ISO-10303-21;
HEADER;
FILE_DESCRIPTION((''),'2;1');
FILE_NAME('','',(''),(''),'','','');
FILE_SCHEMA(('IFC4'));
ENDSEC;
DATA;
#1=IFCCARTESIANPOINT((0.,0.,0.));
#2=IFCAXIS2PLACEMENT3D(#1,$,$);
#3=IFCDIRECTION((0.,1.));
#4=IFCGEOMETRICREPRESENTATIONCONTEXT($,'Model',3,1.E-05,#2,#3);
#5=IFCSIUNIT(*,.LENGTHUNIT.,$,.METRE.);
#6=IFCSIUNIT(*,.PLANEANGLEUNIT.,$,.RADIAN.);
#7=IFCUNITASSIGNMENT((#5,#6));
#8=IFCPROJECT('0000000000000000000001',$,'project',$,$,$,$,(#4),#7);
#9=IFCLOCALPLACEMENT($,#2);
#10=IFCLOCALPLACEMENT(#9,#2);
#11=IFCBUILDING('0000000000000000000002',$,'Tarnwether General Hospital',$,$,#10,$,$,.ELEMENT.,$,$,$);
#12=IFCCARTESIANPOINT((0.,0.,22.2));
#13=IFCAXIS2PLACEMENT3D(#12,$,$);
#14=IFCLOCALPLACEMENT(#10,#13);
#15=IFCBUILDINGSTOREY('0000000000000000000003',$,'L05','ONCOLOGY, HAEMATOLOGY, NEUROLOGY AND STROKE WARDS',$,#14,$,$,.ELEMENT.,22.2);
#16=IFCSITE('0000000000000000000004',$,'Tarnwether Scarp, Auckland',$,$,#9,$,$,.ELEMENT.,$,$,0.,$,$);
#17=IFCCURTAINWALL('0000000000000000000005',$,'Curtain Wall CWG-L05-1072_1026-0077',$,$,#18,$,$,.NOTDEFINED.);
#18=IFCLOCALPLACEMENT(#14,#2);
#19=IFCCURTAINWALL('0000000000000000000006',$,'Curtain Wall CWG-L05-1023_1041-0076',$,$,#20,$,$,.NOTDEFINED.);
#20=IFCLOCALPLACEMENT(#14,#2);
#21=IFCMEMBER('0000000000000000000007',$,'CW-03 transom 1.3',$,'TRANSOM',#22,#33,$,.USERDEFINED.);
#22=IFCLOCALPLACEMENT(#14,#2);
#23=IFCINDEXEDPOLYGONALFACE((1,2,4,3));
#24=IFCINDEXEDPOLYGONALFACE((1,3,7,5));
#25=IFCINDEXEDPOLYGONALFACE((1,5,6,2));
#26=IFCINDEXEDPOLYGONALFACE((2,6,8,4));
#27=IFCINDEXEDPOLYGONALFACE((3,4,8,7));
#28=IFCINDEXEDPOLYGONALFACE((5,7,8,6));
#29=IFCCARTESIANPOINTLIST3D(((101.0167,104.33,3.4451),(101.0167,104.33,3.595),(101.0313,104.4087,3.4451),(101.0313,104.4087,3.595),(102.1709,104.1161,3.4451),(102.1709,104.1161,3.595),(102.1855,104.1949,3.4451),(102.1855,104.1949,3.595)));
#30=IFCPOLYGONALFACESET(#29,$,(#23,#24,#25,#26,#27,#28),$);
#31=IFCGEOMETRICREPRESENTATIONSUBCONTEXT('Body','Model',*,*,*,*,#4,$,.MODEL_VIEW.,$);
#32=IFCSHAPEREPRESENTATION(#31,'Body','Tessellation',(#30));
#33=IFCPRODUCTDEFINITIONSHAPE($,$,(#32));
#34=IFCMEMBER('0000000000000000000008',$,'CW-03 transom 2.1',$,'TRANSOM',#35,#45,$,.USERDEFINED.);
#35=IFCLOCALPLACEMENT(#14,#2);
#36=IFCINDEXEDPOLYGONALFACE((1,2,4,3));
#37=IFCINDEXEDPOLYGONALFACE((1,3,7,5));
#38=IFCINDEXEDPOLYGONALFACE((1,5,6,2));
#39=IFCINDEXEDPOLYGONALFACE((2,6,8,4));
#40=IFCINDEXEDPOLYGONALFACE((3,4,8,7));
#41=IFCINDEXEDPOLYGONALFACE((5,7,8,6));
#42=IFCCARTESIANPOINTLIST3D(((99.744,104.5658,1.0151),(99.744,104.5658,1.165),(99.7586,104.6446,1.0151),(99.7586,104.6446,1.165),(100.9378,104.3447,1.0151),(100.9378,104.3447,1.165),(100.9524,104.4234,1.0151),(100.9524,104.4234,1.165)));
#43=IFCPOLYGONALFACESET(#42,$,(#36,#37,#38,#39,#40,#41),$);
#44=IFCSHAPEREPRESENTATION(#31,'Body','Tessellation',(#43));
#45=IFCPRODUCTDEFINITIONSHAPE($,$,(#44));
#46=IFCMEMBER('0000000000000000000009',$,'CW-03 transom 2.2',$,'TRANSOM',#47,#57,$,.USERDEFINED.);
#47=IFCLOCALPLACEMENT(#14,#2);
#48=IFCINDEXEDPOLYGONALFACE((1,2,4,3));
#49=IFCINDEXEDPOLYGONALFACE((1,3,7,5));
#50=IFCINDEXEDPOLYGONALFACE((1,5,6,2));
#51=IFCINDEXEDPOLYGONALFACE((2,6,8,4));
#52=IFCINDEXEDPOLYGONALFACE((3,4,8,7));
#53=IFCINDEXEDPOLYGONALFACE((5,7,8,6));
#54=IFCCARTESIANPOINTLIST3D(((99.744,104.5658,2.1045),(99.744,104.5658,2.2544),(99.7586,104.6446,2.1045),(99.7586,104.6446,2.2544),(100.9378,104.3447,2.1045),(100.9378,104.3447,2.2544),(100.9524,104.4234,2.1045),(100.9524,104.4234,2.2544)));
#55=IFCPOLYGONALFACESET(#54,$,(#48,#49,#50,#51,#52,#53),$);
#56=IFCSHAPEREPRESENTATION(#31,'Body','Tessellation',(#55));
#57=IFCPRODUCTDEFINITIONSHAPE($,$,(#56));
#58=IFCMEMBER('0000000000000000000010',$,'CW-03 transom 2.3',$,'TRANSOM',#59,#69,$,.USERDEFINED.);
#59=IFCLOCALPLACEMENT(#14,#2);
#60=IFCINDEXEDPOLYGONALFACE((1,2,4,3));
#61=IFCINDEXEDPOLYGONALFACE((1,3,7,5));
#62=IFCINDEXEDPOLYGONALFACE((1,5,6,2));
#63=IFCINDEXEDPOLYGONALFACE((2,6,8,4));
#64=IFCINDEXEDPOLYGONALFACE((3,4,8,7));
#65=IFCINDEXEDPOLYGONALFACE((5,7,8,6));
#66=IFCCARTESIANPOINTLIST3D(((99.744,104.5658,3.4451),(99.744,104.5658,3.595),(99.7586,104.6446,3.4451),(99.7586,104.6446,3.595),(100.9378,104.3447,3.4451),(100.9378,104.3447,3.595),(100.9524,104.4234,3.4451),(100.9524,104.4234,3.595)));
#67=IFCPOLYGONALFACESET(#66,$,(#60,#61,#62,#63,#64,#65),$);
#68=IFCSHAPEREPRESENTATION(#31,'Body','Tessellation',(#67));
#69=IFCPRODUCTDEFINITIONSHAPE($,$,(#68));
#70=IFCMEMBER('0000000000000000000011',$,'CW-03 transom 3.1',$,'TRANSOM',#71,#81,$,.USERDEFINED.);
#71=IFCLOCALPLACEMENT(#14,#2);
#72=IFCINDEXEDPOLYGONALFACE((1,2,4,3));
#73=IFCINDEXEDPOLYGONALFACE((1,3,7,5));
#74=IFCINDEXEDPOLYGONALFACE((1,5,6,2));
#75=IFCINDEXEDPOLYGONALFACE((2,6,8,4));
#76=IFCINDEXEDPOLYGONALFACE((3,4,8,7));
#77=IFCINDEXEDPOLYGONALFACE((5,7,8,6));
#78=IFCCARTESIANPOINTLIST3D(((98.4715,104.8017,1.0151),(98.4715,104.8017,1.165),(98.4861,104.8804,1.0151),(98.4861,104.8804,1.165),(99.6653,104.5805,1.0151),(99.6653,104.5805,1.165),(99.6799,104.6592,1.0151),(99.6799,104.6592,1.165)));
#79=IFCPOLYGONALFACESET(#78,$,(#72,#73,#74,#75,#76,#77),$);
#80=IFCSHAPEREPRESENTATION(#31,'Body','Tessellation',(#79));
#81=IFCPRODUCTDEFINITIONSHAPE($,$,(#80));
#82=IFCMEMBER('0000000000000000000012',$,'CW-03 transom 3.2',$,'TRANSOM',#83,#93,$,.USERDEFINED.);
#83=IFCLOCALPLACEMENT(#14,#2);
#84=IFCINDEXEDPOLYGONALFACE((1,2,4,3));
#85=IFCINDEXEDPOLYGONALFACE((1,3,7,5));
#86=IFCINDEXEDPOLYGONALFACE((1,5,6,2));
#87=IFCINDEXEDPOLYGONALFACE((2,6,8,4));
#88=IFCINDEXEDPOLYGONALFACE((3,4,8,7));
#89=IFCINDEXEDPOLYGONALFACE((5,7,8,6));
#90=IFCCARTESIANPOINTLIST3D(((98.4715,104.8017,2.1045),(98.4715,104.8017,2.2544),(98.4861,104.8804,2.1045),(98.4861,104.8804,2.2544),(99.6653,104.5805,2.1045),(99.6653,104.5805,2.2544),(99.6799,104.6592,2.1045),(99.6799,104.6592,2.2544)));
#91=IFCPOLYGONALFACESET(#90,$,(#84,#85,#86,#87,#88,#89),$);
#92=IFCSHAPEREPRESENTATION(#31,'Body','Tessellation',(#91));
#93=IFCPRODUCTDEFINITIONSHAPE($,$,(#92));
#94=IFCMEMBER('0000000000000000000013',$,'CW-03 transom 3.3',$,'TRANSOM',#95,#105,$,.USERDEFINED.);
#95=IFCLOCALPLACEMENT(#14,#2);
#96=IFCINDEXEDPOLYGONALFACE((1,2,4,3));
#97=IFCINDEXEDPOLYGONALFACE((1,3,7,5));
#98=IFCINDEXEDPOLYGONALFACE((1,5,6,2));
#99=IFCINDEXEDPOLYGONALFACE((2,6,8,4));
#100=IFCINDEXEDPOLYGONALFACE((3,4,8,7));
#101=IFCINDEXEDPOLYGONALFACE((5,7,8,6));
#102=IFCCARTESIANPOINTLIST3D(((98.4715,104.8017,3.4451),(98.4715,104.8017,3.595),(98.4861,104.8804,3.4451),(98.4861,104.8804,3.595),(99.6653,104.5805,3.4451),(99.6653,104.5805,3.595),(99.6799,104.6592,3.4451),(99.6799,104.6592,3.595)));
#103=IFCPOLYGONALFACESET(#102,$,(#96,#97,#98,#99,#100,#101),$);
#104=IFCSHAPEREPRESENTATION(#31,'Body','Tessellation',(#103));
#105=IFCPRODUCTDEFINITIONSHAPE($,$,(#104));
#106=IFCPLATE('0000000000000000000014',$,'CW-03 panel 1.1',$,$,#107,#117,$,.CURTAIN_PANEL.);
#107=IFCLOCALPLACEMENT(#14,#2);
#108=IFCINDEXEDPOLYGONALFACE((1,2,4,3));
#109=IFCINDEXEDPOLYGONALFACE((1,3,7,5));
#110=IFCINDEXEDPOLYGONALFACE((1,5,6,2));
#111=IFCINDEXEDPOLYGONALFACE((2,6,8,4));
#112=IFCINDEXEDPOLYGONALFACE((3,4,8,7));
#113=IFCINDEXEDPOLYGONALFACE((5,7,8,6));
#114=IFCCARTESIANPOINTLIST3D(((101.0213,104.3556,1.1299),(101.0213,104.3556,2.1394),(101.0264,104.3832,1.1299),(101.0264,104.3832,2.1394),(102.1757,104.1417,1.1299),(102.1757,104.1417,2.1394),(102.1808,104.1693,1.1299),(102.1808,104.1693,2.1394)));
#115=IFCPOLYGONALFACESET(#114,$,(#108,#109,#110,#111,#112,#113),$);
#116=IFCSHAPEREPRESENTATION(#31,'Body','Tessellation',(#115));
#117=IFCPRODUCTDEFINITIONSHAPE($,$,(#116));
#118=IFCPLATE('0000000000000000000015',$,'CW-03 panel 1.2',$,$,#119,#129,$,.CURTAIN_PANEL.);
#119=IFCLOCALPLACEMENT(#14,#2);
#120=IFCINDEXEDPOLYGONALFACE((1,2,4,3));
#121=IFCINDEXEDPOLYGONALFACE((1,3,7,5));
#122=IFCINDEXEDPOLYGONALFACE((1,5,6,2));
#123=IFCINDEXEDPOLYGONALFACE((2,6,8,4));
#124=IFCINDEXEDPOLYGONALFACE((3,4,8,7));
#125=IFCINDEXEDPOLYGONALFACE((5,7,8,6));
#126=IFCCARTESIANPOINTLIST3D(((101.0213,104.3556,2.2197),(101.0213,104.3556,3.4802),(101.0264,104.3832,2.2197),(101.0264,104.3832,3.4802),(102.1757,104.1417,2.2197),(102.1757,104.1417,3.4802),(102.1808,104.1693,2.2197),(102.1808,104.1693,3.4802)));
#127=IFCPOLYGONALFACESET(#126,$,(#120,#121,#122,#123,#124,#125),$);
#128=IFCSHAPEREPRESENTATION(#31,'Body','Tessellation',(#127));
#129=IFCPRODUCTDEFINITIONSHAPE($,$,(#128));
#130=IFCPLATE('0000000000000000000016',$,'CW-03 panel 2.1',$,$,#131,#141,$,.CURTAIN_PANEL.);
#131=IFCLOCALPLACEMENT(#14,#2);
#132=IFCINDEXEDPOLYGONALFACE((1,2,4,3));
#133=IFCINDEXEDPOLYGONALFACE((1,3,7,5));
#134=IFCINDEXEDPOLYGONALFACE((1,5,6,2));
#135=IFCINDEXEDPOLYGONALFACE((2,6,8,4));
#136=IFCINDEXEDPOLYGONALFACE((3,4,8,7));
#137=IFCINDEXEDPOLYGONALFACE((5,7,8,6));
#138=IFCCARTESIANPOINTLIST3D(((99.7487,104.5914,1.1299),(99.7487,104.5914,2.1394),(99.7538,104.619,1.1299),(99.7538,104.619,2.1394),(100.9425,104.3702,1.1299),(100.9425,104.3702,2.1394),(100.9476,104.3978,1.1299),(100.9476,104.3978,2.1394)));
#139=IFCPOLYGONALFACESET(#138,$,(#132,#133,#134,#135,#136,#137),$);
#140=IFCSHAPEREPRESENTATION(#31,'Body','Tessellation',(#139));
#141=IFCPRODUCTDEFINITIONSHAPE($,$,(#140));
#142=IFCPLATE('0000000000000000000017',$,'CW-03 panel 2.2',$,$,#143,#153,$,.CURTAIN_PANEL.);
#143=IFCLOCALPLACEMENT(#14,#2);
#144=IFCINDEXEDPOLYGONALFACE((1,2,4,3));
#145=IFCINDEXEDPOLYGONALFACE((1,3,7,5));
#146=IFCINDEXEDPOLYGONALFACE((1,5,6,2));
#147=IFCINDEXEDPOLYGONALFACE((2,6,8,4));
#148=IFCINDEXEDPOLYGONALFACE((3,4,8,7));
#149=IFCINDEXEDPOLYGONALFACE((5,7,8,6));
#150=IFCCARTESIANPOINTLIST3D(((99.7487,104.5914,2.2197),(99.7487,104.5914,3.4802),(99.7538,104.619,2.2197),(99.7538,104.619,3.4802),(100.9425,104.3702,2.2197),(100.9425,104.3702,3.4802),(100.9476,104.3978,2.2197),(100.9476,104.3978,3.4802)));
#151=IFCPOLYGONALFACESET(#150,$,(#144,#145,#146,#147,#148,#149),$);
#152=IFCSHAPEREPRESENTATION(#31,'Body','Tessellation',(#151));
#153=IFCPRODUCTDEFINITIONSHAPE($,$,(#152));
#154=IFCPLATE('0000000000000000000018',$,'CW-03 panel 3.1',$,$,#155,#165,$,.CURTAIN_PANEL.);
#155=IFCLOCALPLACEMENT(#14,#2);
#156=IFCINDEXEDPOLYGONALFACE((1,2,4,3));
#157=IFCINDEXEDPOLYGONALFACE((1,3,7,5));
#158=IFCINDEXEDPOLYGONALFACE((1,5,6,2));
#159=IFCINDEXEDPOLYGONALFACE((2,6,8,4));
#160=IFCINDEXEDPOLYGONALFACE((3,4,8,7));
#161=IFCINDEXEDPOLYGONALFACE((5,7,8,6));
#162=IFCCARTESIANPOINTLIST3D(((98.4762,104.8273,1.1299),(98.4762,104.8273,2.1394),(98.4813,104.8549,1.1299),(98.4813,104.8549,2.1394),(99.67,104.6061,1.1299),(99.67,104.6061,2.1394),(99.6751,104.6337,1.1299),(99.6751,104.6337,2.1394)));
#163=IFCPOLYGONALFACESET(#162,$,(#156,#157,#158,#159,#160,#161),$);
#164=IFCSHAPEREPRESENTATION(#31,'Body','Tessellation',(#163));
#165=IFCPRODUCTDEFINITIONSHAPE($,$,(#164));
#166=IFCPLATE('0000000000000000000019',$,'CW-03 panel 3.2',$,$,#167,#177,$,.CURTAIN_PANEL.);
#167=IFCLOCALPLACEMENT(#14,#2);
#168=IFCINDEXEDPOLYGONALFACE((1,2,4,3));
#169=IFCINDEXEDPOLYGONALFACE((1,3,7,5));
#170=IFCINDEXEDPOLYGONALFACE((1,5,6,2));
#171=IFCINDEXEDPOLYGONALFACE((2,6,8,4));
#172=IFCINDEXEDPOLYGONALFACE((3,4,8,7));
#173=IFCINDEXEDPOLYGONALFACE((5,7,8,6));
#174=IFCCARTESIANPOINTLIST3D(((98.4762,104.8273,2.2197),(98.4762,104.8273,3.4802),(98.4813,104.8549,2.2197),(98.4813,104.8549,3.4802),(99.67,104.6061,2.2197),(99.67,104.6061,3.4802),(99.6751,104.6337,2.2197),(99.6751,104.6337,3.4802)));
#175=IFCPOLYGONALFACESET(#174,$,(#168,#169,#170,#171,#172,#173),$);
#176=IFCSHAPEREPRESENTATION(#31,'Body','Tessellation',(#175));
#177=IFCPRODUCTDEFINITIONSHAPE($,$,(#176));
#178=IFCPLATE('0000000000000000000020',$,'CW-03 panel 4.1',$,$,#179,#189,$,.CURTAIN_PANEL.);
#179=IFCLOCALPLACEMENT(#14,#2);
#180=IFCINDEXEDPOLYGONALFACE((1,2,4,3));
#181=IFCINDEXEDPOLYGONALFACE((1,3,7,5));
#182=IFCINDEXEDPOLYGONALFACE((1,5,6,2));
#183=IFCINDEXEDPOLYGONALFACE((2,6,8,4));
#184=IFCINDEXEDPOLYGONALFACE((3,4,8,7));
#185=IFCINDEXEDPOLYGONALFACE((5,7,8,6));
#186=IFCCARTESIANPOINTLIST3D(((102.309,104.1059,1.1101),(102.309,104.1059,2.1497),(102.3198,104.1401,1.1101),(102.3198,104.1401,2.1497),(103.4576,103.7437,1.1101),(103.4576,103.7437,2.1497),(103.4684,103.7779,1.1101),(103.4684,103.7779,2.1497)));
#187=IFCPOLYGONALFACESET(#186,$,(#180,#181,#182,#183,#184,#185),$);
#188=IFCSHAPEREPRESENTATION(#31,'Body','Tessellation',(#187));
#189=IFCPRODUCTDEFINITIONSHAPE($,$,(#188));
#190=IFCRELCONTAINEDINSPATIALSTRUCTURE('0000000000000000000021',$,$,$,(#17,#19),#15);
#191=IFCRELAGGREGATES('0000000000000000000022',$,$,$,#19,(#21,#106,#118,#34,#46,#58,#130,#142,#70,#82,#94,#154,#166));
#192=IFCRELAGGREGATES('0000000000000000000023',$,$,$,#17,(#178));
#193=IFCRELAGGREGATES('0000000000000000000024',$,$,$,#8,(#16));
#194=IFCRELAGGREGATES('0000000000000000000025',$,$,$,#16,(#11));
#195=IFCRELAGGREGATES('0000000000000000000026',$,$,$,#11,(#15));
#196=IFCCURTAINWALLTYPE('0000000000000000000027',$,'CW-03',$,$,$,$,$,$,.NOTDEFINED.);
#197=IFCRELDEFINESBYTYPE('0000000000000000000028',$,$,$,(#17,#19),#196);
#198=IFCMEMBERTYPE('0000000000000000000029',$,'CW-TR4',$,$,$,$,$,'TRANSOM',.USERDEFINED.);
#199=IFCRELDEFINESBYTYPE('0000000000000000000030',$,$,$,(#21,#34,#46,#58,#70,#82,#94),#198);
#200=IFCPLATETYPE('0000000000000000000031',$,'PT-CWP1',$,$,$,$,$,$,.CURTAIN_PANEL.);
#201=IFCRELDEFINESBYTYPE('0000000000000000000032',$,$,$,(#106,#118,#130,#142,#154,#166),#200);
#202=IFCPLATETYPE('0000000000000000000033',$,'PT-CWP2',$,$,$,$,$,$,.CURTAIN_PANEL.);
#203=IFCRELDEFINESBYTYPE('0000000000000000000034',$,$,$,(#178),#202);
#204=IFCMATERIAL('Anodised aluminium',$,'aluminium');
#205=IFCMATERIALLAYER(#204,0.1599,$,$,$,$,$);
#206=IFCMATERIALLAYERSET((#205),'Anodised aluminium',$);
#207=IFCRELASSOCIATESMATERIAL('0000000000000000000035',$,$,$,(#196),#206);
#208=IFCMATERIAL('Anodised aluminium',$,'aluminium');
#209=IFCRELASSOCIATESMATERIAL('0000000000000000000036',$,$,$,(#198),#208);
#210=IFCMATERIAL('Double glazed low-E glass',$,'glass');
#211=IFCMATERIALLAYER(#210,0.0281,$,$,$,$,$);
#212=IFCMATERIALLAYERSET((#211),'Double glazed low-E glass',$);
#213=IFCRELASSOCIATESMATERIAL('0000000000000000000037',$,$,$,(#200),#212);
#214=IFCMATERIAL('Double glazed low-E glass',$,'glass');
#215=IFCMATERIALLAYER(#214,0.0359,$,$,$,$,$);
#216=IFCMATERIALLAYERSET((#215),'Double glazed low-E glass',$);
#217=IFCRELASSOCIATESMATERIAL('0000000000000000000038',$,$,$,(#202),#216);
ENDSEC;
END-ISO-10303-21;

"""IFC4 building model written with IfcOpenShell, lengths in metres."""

from ifc_helpers import new_model, si_unit, direction, frame, origin, origin_2d, place, context, subcontext, project, spatial, rectangle, extrude, material, layer, layer_set, material_profile, profile_set, type_object, element, aggregate, save


model = new_model("IFC4")

# Units and contexts
model_context = context("Model", 3, precision=1e-05, world=origin(), true_north=direction((0.0, 1.0)))
body_context = subcontext(model_context, "Body", "Model", "MODEL_VIEW")
ifc_project = project(units=[si_unit("LENGTHUNIT", "METRE"), si_unit("PLANEANGLEUNIT", "RADIAN")], contexts=[model_context])

# Site, building, storey
site_placement = place(None, origin())
site = spatial("IfcSite", under=ifc_project, at=site_placement, Name="Tarnwether Scarp, Auckland", CompositionType="ELEMENT", RefElevation=0.0)
building_placement = place(site_placement, origin())
building = spatial("IfcBuilding", under=site, at=building_placement, Name="Tarnwether General Hospital", CompositionType="ELEMENT")
storey_placement = place(building_placement, frame((0.0, 0.0, 22.2)))
storey = spatial("IfcBuildingStorey", under=building, at=storey_placement, Name="L05", Description="ONCOLOGY, HAEMATOLOGY, NEUROLOGY AND STROKE WARDS", CompositionType="ELEMENT", Elevation=22.2)

# Curtain wall
ifc_material_1 = material(Name="Anodised aluminium", Category="aluminium")
ifc_layer_1 = layer(ifc_material_1, 0.1599)
ifc_layer_set_1 = layer_set([ifc_layer_1], Name="Anodised aluminium")
curtain_wall_type = type_object("IfcCurtainWallType", Name="CW-03", PredefinedType="NOTDEFINED", material=ifc_layer_set_1)
curtain_wall_1_placement = place(storey_placement, origin())
curtain_wall_1 = element("IfcCurtainWall", 1, at=curtain_wall_1_placement, inside=storey, type_object=curtain_wall_type, Name="Curtain Wall CWG-L05-1072_1026-0077", PredefinedType="NOTDEFINED")

# Curtain wall
curtain_wall_2_placement = place(storey_placement, origin())
curtain_wall_2 = element("IfcCurtainWall", 2, at=curtain_wall_2_placement, inside=storey, type_object=curtain_wall_type, Name="Curtain Wall CWG-L05-1023_1041-0076", PredefinedType="NOTDEFINED")

# Members
ifc_material_2 = material(Name="Anodised aluminium", Category="aluminium")
ifc_material_profile_1 = material_profile(ifc_material_2, rectangle(XDim=0.0801, YDim=0.1499, at=origin_2d()), Name="ALU-TRN-80x150")
ifc_profile_set_1 = profile_set([ifc_material_profile_1], Name="Anodised aluminium")
member_type_1 = type_object("IfcMemberType", Name="CW-TR4", ElementType="TRANSOM", PredefinedType="USERDEFINED", material=ifc_profile_set_1)
member_1_placement = place(storey_placement, frame((102.1782, 104.1555, 3.52), z_axis=(-0.983265, 0.182179, 0.0), x_axis=(-0.182179, -0.983265, 0.0)))
member_1 = element("IfcMember", 3, at=member_1_placement, type_object=member_type_1, Name="CW-03 transom 1.3", ObjectType="TRANSOM", PredefinedType="USERDEFINED", context=body_context, shape_type="SweptSolid", body=[
    extrude(rectangle(XDim=0.0801, YDim=0.1499, at=origin_2d()), origin(), (0.0, 0.0, 1.0), 1.1738),
])
member_2_placement = place(storey_placement, frame((100.9451, 104.384, 1.0901), z_axis=(-0.983266, 0.182176, 0.0), x_axis=(-0.182176, -0.983266, 0.0)))
member_2 = element("IfcMember", 4, at=member_2_placement, type_object=member_type_1, Name="CW-03 transom 2.1", ObjectType="TRANSOM", PredefinedType="USERDEFINED", context=body_context, shape_type="SweptSolid", body=[
    extrude(rectangle(XDim=0.0801, YDim=0.1499, at=origin_2d()), origin(), (0.0, 0.0, 1.0), 1.2141),
])
member_3_placement = place(storey_placement, frame((100.9451, 104.384, 2.1794), z_axis=(-0.983266, 0.182176, 0.0), x_axis=(-0.182176, -0.983266, 0.0)))
member_3 = element("IfcMember", 5, at=member_3_placement, type_object=member_type_1, Name="CW-03 transom 2.2", ObjectType="TRANSOM", PredefinedType="USERDEFINED", context=body_context, shape_type="SweptSolid", body=[
    extrude(rectangle(XDim=0.0801, YDim=0.1499, at=origin_2d()), origin(), (0.0, 0.0, 1.0), 1.2141),
])
member_4_placement = place(storey_placement, frame((100.9451, 104.384, 3.52), z_axis=(-0.983266, 0.182176, 0.0), x_axis=(-0.182176, -0.983266, 0.0)))
member_4 = element("IfcMember", 6, at=member_4_placement, type_object=member_type_1, Name="CW-03 transom 2.3", ObjectType="TRANSOM", PredefinedType="USERDEFINED", context=body_context, shape_type="SweptSolid", body=[
    extrude(rectangle(XDim=0.0801, YDim=0.1499, at=origin_2d()), origin(), (0.0, 0.0, 1.0), 1.2141),
])
member_5_placement = place(storey_placement, frame((99.6726, 104.6199, 1.0901), z_axis=(-0.983266, 0.182176, 0.0), x_axis=(-0.182176, -0.983266, 0.0)))
member_5 = element("IfcMember", 7, at=member_5_placement, type_object=member_type_1, Name="CW-03 transom 3.1", ObjectType="TRANSOM", PredefinedType="USERDEFINED", context=body_context, shape_type="SweptSolid", body=[
    extrude(rectangle(XDim=0.0801, YDim=0.1499, at=origin_2d()), origin(), (0.0, 0.0, 1.0), 1.2141),
])
member_6_placement = place(storey_placement, frame((99.6726, 104.6199, 2.1794), z_axis=(-0.983266, 0.182176, 0.0), x_axis=(-0.182176, -0.983266, 0.0)))
member_6 = element("IfcMember", 8, at=member_6_placement, type_object=member_type_1, Name="CW-03 transom 3.2", ObjectType="TRANSOM", PredefinedType="USERDEFINED", context=body_context, shape_type="SweptSolid", body=[
    extrude(rectangle(XDim=0.0801, YDim=0.1499, at=origin_2d()), origin(), (0.0, 0.0, 1.0), 1.2141),
])
member_7_placement = place(storey_placement, frame((99.6726, 104.6199, 3.52), z_axis=(-0.983266, 0.182176, 0.0), x_axis=(-0.182176, -0.983266, 0.0)))
member_7 = element("IfcMember", 9, at=member_7_placement, type_object=member_type_1, Name="CW-03 transom 3.3", ObjectType="TRANSOM", PredefinedType="USERDEFINED", context=body_context, shape_type="SweptSolid", body=[
    extrude(rectangle(XDim=0.0801, YDim=0.1499, at=origin_2d()), origin(), (0.0, 0.0, 1.0), 1.2141),
])

# Plates
ifc_material_3 = material(Name="Double glazed low-E glass", Category="glass")
ifc_layer_2 = layer(ifc_material_3, 0.0281)
ifc_layer_set_2 = layer_set([ifc_layer_2], Name="Double glazed low-E glass")
plate_type_1 = type_object("IfcPlateType", Name="PT-CWP1", PredefinedType="CURTAIN_PANEL", material=ifc_layer_set_2)
plate_1_placement = place(storey_placement, frame((101.6011, 104.2625, 1.1299), z_axis=(0.0, 0.0, 1.0), x_axis=(-0.983268, 0.182165, 0.0)))
plate_1 = element("IfcPlate", 10, at=plate_1_placement, type_object=plate_type_1, Name="CW-03 panel 1.1", PredefinedType="CURTAIN_PANEL", context=body_context, shape_type="SweptSolid", body=[
    extrude(rectangle(XDim=1.1741, YDim=0.0281, at=origin_2d()), origin(), (0.0, 0.0, 1.0), 1.0095),
])
plate_2_placement = place(storey_placement, frame((101.6011, 104.2625, 2.2197), z_axis=(0.0, 0.0, 1.0), x_axis=(-0.983268, 0.182165, 0.0)))
plate_2 = element("IfcPlate", 11, at=plate_2_placement, type_object=plate_type_1, Name="CW-03 panel 1.2", PredefinedType="CURTAIN_PANEL", context=body_context, shape_type="SweptSolid", body=[
    extrude(rectangle(XDim=1.1741, YDim=0.0281, at=origin_2d()), origin(), (0.0, 0.0, 1.0), 1.2605),
])
plate_3_placement = place(storey_placement, frame((100.3481, 104.4946, 1.1299), z_axis=(0.0, 0.0, 1.0), x_axis=(-0.983268, 0.182165, 0.0)))
plate_3 = element("IfcPlate", 12, at=plate_3_placement, type_object=plate_type_1, Name="CW-03 panel 2.1", PredefinedType="CURTAIN_PANEL", context=body_context, shape_type="SweptSolid", body=[
    extrude(rectangle(XDim=1.2141, YDim=0.0281, at=origin_2d()), origin(), (0.0, 0.0, 1.0), 1.0095),
])
plate_4_placement = place(storey_placement, frame((100.3481, 104.4946, 2.2197), z_axis=(0.0, 0.0, 1.0), x_axis=(-0.983268, 0.182165, 0.0)))
plate_4 = element("IfcPlate", 13, at=plate_4_placement, type_object=plate_type_1, Name="CW-03 panel 2.2", PredefinedType="CURTAIN_PANEL", context=body_context, shape_type="SweptSolid", body=[
    extrude(rectangle(XDim=1.2141, YDim=0.0281, at=origin_2d()), origin(), (0.0, 0.0, 1.0), 1.2605),
])
plate_5_placement = place(storey_placement, frame((99.0757, 104.7305, 1.1299), z_axis=(0.0, 0.0, 1.0), x_axis=(-0.983268, 0.182165, 0.0)))
plate_5 = element("IfcPlate", 14, at=plate_5_placement, type_object=plate_type_1, Name="CW-03 panel 3.1", PredefinedType="CURTAIN_PANEL", context=body_context, shape_type="SweptSolid", body=[
    extrude(rectangle(XDim=1.2141, YDim=0.0281, at=origin_2d()), origin(), (0.0, 0.0, 1.0), 1.0095),
])
plate_6_placement = place(storey_placement, frame((99.0757, 104.7305, 2.2197), z_axis=(0.0, 0.0, 1.0), x_axis=(-0.983268, 0.182165, 0.0)))
plate_6 = element("IfcPlate", 15, at=plate_6_placement, type_object=plate_type_1, Name="CW-03 panel 3.2", PredefinedType="CURTAIN_PANEL", context=body_context, shape_type="SweptSolid", body=[
    extrude(rectangle(XDim=1.2141, YDim=0.0281, at=origin_2d()), origin(), (0.0, 0.0, 1.0), 1.2605),
])
aggregate(curtain_wall_2, [member_1, plate_1, plate_2, member_2, member_3, member_4, plate_3, plate_4, member_5, member_6, member_7, plate_5, plate_6])
ifc_material_4 = material(Name="Double glazed low-E glass", Category="glass")
ifc_layer_3 = layer(ifc_material_4, 0.0359)
ifc_layer_set_3 = layer_set([ifc_layer_3], Name="Double glazed low-E glass")
plate_type_2 = type_object("IfcPlateType", Name="PT-CWP2", PredefinedType="CURTAIN_PANEL", material=ifc_layer_set_3)
plate_7_placement = place(storey_placement, frame((102.8887, 103.9419, 1.1101), z_axis=(0.0, 0.0, 1.0), x_axis=(-0.953714, 0.300715, 0.0)))
plate_7 = element("IfcPlate", 16, at=plate_7_placement, type_object=plate_type_2, Name="CW-03 panel 4.1", PredefinedType="CURTAIN_PANEL", context=body_context, shape_type="SweptSolid", body=[
    extrude(rectangle(XDim=1.2043, YDim=0.0359, at=origin_2d()), origin(), (0.0, 0.0, 1.0), 1.0396),
])
aggregate(curtain_wall_1, [plate_7])

save(model, "model.ifc")
